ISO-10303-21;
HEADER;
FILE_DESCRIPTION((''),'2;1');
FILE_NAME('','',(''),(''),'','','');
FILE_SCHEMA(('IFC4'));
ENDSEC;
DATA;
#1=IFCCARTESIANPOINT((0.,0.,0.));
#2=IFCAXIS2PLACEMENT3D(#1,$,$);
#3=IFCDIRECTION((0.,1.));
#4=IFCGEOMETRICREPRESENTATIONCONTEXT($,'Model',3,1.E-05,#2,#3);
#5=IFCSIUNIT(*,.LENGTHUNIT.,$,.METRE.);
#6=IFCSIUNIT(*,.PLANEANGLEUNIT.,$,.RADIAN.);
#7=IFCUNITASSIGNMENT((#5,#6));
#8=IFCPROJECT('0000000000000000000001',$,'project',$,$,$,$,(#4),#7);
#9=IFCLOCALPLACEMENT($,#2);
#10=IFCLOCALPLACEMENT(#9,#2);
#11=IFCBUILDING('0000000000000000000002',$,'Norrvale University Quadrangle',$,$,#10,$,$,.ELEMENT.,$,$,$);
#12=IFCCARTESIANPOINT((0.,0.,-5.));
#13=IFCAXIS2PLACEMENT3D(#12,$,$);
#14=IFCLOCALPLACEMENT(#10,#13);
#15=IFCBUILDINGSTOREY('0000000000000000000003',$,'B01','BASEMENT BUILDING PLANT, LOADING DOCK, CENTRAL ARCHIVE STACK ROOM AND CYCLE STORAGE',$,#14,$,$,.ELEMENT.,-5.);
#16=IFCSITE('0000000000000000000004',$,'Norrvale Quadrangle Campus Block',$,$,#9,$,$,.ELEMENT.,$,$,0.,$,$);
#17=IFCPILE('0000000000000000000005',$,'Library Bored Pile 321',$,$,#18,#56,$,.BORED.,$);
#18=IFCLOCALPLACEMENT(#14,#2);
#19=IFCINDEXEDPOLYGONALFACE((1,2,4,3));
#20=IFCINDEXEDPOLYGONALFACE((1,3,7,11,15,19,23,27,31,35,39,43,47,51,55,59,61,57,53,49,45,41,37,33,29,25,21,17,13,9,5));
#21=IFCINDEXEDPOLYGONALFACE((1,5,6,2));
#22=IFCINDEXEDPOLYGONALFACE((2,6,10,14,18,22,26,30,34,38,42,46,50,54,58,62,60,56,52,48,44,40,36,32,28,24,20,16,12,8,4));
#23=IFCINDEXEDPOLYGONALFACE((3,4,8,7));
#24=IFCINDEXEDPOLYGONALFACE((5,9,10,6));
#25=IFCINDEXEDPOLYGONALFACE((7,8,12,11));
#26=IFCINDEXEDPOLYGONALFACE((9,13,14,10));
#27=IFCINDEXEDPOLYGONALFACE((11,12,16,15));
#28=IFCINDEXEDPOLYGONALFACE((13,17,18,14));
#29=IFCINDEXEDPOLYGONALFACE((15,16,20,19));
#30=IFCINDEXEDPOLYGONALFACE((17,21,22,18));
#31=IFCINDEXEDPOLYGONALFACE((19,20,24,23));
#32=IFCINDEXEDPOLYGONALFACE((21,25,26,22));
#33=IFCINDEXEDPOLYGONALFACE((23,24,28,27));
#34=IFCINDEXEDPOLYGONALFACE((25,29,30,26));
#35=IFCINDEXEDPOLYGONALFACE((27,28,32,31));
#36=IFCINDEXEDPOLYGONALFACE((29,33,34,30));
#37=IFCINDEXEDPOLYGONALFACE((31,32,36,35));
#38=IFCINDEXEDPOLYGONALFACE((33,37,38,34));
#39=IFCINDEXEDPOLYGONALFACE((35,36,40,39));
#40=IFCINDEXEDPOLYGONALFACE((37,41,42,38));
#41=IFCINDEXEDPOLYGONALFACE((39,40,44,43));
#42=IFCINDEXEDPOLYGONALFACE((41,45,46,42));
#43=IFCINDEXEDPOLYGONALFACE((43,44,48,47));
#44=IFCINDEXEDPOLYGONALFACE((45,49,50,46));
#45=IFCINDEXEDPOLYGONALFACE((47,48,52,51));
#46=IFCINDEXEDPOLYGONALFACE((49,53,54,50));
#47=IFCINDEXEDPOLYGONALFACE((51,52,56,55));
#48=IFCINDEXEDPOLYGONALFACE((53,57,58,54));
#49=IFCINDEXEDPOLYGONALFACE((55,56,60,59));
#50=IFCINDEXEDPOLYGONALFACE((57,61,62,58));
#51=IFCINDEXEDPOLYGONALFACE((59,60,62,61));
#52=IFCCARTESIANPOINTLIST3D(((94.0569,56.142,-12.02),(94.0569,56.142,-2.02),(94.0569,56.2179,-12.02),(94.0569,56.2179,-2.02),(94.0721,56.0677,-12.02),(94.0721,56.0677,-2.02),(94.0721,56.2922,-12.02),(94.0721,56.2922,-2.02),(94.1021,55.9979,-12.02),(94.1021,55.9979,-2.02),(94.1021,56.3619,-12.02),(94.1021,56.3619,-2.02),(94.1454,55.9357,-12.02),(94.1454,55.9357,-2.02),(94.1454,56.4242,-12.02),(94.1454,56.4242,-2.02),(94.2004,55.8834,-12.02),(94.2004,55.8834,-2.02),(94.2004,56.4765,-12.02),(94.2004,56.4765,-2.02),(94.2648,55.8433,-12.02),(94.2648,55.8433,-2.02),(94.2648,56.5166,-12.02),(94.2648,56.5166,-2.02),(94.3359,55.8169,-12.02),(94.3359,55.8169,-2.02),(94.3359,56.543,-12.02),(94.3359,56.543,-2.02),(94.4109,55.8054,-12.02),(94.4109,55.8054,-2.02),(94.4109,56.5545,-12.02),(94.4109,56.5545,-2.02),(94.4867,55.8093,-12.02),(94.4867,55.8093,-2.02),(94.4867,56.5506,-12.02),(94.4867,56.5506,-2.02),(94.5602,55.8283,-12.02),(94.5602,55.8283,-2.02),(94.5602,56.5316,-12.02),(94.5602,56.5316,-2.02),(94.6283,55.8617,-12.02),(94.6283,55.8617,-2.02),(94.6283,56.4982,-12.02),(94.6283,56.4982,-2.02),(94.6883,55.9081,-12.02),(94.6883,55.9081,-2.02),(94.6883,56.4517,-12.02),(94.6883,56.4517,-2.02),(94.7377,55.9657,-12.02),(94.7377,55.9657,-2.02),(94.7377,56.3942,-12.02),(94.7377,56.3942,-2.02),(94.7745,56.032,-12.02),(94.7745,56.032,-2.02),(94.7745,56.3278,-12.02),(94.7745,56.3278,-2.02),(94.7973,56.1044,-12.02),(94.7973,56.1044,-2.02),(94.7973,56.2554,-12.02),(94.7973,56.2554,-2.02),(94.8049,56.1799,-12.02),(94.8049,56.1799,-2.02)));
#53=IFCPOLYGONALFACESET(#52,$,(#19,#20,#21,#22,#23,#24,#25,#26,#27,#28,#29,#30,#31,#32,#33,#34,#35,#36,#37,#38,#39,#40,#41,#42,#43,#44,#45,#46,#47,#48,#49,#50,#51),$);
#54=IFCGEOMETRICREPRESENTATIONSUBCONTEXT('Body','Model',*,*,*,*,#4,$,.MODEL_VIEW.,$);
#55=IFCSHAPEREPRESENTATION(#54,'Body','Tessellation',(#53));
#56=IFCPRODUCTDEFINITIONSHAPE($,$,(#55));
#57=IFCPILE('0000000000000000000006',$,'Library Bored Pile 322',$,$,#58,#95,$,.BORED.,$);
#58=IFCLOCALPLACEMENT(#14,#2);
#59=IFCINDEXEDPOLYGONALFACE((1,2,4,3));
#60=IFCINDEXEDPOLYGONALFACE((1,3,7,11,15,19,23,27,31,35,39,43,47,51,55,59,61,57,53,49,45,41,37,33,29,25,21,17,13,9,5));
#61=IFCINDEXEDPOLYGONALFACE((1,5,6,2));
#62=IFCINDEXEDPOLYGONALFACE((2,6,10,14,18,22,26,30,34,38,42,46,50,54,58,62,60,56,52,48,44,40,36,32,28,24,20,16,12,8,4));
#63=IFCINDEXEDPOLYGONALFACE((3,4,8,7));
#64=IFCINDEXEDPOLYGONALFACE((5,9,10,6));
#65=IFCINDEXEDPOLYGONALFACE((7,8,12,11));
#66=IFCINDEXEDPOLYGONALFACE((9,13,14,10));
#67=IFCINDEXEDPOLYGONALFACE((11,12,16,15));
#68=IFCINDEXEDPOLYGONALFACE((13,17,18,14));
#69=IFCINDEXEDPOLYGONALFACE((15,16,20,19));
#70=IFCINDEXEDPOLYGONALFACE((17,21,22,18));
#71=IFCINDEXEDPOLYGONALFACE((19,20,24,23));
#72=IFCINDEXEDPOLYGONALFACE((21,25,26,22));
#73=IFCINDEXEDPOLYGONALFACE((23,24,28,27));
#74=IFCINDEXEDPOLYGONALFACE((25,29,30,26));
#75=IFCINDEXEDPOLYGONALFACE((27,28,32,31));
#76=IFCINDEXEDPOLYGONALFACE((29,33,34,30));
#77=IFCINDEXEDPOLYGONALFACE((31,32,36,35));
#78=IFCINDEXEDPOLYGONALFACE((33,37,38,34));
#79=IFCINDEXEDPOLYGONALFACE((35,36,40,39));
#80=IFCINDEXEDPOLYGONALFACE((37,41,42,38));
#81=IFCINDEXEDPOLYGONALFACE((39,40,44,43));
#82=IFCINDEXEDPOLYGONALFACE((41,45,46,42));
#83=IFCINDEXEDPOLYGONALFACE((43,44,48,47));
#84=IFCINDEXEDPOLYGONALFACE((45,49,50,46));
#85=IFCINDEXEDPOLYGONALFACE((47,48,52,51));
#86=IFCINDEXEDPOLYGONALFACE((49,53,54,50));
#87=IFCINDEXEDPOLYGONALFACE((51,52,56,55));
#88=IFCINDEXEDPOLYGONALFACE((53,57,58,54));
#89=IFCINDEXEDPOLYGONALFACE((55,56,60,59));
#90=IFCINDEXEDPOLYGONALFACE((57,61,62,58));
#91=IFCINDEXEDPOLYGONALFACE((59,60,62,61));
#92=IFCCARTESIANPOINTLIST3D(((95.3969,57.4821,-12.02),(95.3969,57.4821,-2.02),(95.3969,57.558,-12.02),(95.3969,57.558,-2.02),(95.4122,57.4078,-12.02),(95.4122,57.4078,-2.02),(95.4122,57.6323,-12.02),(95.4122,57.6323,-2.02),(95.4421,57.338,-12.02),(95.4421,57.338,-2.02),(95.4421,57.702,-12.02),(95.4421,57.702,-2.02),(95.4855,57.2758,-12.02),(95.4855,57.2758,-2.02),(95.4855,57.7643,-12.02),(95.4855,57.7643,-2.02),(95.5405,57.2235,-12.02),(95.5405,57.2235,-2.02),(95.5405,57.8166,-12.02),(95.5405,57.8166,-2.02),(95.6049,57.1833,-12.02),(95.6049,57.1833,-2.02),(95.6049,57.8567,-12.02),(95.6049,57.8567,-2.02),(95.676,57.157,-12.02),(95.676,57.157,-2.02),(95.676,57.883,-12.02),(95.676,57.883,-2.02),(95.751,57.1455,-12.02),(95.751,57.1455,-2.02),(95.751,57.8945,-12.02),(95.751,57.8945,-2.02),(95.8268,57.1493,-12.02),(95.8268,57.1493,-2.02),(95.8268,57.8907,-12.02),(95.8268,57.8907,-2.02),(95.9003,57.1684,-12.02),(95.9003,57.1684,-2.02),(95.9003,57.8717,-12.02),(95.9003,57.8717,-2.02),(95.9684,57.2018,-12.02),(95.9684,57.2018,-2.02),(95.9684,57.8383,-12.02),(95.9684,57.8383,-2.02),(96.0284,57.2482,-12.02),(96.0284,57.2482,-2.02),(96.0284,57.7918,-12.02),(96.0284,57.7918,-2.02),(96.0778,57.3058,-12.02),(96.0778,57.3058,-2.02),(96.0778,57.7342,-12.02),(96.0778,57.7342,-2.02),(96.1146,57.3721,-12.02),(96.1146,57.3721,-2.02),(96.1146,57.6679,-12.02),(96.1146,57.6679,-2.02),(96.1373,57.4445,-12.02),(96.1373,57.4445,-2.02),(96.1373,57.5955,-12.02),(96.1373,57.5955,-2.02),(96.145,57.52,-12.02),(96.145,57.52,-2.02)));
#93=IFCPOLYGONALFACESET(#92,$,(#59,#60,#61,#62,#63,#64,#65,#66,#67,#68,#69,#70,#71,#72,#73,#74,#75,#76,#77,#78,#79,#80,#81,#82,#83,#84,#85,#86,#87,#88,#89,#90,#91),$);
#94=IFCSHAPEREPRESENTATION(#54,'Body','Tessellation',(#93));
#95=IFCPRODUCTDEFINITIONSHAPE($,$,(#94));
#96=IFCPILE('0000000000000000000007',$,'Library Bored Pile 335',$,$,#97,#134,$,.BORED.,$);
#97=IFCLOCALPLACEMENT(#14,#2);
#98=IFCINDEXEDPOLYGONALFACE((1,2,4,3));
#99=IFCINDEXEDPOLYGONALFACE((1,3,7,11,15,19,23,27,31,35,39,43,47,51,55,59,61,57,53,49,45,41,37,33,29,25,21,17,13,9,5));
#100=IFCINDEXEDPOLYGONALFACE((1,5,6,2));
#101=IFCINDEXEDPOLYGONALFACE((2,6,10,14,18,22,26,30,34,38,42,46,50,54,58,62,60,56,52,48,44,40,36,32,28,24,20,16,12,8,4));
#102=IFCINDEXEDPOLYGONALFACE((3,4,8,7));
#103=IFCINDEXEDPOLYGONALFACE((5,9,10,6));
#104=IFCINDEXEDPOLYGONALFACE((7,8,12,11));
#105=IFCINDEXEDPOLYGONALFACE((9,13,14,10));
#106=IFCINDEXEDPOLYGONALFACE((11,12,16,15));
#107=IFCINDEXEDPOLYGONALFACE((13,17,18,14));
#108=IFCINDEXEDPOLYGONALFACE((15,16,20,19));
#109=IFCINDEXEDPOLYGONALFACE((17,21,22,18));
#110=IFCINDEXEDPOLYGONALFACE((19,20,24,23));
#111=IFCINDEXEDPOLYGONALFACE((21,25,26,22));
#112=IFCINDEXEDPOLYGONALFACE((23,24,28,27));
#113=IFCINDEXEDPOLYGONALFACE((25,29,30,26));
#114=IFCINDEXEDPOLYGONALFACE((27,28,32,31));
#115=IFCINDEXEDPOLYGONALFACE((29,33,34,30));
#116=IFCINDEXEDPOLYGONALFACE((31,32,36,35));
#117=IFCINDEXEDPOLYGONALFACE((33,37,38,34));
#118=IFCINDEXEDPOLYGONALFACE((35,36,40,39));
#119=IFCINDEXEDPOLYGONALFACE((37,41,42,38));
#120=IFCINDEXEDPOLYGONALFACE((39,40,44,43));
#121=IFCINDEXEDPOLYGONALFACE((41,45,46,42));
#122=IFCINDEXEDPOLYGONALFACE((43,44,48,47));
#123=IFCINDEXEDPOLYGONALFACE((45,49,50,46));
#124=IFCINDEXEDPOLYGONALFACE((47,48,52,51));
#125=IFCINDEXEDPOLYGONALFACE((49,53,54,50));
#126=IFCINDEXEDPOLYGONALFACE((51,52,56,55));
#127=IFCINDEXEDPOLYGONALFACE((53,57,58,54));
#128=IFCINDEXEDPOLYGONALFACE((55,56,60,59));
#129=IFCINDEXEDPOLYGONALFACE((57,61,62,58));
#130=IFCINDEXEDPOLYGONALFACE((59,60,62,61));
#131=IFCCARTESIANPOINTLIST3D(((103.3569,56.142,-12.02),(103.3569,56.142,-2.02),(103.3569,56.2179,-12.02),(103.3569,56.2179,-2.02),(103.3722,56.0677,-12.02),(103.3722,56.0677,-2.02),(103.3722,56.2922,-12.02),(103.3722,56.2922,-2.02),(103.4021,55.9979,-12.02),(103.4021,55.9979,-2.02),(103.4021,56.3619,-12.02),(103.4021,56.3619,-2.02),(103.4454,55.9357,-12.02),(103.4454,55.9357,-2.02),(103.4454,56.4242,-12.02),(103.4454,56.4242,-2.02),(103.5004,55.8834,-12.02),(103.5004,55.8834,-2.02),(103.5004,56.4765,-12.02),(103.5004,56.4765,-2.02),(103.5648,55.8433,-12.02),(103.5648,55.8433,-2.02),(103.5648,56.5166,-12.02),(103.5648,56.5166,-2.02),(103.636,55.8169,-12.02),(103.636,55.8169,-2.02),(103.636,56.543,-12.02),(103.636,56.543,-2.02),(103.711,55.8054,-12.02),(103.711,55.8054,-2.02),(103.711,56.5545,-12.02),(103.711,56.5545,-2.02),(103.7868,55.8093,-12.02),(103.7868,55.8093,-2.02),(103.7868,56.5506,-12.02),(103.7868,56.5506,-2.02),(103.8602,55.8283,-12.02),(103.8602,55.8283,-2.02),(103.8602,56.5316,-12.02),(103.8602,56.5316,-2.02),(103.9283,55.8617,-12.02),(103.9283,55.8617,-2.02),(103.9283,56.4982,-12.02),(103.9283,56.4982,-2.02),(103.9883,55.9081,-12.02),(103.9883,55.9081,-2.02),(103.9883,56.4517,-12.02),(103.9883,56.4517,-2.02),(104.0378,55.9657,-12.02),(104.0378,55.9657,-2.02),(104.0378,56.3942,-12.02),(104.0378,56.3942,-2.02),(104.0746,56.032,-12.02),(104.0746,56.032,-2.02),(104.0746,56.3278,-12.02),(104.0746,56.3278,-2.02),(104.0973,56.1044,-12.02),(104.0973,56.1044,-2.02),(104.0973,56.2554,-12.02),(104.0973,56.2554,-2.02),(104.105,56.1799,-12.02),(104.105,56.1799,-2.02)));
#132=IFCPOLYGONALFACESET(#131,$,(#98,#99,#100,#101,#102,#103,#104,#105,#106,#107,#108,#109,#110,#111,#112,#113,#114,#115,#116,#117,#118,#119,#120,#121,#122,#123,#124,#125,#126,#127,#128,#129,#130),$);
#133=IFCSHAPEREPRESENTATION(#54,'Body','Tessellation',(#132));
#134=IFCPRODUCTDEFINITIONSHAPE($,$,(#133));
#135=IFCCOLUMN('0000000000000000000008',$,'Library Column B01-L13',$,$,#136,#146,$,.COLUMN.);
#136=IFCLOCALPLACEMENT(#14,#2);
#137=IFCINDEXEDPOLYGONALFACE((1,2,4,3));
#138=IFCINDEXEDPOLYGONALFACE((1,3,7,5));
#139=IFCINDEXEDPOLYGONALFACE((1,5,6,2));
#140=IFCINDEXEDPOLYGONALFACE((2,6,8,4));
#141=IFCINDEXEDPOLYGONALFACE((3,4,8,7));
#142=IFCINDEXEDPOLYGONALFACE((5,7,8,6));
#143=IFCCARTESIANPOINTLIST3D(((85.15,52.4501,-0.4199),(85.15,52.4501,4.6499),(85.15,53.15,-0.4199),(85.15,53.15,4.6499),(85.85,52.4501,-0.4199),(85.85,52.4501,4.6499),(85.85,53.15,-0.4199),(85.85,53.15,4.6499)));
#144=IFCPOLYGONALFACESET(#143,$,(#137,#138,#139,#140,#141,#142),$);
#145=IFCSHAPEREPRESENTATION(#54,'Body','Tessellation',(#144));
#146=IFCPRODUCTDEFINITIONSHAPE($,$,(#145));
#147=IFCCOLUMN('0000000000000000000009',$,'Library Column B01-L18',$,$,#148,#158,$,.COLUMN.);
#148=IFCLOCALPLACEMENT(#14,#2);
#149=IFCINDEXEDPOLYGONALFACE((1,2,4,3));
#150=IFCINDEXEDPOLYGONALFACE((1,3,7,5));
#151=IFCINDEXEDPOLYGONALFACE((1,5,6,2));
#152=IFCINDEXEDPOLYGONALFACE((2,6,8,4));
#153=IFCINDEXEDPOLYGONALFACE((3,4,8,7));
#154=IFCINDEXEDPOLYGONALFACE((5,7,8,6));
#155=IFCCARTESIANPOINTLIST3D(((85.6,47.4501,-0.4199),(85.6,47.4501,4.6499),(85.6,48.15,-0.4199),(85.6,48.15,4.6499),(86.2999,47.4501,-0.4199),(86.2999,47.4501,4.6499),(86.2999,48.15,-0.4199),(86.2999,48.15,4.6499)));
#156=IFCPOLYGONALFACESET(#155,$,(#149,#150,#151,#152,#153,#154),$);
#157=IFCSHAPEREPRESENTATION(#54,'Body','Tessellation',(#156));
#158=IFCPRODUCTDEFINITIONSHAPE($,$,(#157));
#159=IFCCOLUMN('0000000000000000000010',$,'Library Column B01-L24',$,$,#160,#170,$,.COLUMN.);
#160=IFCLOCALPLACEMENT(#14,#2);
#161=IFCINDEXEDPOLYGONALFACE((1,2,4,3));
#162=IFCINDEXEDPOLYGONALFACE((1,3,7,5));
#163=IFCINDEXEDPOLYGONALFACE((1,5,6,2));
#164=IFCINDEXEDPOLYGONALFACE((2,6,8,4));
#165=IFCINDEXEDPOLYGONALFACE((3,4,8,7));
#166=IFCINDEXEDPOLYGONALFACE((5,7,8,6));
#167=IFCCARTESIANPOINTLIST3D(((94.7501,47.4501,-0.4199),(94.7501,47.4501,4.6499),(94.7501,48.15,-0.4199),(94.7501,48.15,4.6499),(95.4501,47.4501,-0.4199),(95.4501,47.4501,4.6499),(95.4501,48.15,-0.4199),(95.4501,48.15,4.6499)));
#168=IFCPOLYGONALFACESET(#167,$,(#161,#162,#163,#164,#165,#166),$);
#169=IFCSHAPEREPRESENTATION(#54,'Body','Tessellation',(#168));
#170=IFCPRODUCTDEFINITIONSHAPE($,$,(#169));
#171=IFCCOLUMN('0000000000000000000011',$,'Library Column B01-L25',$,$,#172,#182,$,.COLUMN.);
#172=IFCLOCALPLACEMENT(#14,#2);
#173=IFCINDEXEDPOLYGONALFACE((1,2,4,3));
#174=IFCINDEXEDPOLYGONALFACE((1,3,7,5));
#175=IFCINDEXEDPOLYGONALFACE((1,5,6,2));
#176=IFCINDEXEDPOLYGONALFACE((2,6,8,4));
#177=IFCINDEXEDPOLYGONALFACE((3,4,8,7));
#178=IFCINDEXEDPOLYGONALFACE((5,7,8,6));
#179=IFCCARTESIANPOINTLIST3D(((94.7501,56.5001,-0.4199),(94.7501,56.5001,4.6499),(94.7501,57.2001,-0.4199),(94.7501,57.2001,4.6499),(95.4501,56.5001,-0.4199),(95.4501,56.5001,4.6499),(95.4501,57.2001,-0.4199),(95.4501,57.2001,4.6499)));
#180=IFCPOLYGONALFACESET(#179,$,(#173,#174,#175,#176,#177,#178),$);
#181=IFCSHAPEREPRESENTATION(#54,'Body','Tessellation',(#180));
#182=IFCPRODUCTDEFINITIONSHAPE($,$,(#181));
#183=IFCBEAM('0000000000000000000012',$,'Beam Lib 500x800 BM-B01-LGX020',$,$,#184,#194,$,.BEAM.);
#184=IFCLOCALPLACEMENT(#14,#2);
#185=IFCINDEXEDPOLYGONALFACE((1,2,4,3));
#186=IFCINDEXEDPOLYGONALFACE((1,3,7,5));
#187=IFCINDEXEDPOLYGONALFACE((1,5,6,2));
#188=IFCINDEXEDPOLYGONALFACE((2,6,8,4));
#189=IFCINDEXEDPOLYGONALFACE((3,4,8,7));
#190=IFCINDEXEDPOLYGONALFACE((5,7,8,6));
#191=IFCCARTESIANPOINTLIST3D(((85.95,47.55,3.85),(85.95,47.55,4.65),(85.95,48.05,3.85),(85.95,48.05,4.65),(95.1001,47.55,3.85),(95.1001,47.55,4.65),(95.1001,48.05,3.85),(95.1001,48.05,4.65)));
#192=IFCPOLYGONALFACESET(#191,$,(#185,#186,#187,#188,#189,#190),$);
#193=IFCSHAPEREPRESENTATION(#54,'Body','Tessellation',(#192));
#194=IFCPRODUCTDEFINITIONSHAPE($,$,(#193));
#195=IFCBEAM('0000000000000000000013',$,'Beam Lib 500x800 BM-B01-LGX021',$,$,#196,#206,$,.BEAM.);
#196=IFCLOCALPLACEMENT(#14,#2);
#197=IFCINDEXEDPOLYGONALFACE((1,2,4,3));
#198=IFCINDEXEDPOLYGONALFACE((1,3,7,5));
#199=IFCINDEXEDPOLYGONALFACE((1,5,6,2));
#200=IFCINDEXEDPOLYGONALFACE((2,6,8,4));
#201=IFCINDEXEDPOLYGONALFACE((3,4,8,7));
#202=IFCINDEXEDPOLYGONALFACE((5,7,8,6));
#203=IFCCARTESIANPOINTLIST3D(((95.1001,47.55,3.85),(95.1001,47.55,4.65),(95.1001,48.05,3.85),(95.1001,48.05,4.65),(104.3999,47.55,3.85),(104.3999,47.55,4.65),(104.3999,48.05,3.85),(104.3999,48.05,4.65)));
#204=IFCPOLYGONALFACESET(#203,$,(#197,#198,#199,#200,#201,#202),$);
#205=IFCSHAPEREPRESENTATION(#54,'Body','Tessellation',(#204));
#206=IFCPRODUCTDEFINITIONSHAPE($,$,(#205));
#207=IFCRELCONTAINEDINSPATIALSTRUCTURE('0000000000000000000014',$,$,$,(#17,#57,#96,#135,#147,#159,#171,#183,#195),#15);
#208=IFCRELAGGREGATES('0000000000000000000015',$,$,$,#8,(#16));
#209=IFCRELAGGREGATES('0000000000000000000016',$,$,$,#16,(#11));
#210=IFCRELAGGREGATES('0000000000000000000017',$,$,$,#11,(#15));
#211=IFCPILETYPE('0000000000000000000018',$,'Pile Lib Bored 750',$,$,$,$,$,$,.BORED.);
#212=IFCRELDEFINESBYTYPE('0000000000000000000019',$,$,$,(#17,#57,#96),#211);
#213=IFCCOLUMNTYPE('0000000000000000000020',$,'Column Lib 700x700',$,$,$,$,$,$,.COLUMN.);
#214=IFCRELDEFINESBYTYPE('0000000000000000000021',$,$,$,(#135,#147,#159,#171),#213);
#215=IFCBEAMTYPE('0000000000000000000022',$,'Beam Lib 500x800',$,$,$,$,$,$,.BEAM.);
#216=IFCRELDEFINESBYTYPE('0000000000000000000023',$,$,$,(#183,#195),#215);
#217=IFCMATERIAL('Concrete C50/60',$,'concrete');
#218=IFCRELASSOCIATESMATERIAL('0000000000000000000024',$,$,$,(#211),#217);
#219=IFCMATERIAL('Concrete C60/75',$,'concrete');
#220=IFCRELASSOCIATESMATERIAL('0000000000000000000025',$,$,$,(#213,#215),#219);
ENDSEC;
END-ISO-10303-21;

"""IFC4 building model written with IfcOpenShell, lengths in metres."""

from ifc_helpers import new_model, si_unit, direction, frame, origin, origin_2d, place, context, subcontext, project, spatial, rectangle, circle, extrude, material, material_profile, profile_set, type_object, element, save


model = new_model("IFC4")

# Units and contexts
model_context = context("Model", 3, precision=1e-05, world=origin(), true_north=direction((0.0, 1.0)))
body_context = subcontext(model_context, "Body", "Model", "MODEL_VIEW")
ifc_project = project(units=[si_unit("LENGTHUNIT", "METRE"), si_unit("PLANEANGLEUNIT", "RADIAN")], contexts=[model_context])

# Site, building, storey
site_placement = place(None, origin())
site = spatial("IfcSite", under=ifc_project, at=site_placement, Name="Norrvale Quadrangle Campus Block", CompositionType="ELEMENT", RefElevation=0.0)
building_placement = place(site_placement, origin())
building = spatial("IfcBuilding", under=site, at=building_placement, Name="Norrvale University Quadrangle", CompositionType="ELEMENT")
storey_placement = place(building_placement, frame((0.0, 0.0, -5.0)))
storey = spatial("IfcBuildingStorey", under=building, at=storey_placement, Name="B01", Description="BASEMENT BUILDING PLANT, LOADING DOCK, CENTRAL ARCHIVE STACK ROOM AND CYCLE STORAGE", CompositionType="ELEMENT", Elevation=-5.0)

# Shared definitions
ifc_material_1 = material(Name="Concrete C50/60", Category="concrete")

# Piles
ifc_material_profile_1 = material_profile(ifc_material_1, circle(Radius=0.375, at=origin_2d()), Name="Concrete C50/60")
ifc_profile_set_1 = profile_set([ifc_material_profile_1], Name="Concrete C50/60")
pile_type = type_object("IfcPileType", Name="Pile Lib Bored 750", PredefinedType="BORED", material=ifc_profile_set_1)
for number, where, z_axis, x_axis, name in (
    (1, (94.4299, 56.1799, -2.02), (0.0, 0.0, -1.0), (1.0, 0.0, 0.0), "Library Bored Pile 321"),
    (2, (95.77, 57.52, -2.02), (0.0, 0.0, -1.0), (1.0, 0.0, 0.0), "Library Bored Pile 322"),
    (3, (103.73, 56.1799, -2.02), (0.0, 0.0, -1.0), (1.0, 0.0, 0.0), "Library Bored Pile 335"),
):
    element("IfcPile", number, at=place(storey_placement, frame(where, z_axis=z_axis, x_axis=x_axis)), inside=storey, type_object=pile_type, Name=name, PredefinedType="BORED", context=body_context, shape_type="SweptSolid", body=[
        extrude(circle(Radius=0.375, at=origin_2d()), origin(), (0.0, 0.0, 1.0), 10.0),
    ])

# Columns
ifc_material_2 = material(Name="Concrete C60/75", Category="concrete")
ifc_material_profile_2 = material_profile(ifc_material_2, rectangle(XDim=0.7, YDim=0.7, at=origin_2d()), Name="Concrete C60/75")
ifc_profile_set_2 = profile_set([ifc_material_profile_2], Name="Concrete C60/75")
column_type = type_object("IfcColumnType", Name="Column Lib 700x700", PredefinedType="COLUMN", material=ifc_profile_set_2)
for number, where, z_axis, x_axis, name in (
    (4, (85.5, 52.8, -0.4199), (0.0, 0.0, 1.0), (1.0, 0.0, 0.0), "Library Column B01-L13"),
    (5, (85.95, 47.8, -0.4199), (0.0, 0.0, 1.0), (1.0, 0.0, 0.0), "Library Column B01-L18"),
    (6, (95.1001, 47.8, -0.4199), (0.0, 0.0, 1.0), (1.0, 0.0, 0.0), "Library Column B01-L24"),
    (7, (95.1001, 56.8501, -0.4199), (0.0, 0.0, 1.0), (1.0, 0.0, 0.0), "Library Column B01-L25"),
):
    element("IfcColumn", number, at=place(storey_placement, frame(where, z_axis=z_axis, x_axis=x_axis)), inside=storey, type_object=column_type, Name=name, PredefinedType="COLUMN", context=body_context, shape_type="SweptSolid", body=[
        extrude(rectangle(XDim=0.7, YDim=0.7, at=origin_2d()), origin(), (0.0, 0.0, 1.0), 5.0698),
    ])

# Beams
ifc_material_profile_3 = material_profile(ifc_material_2, rectangle(XDim=0.5, YDim=0.8, at=origin_2d()), Name="Concrete C60/75")
ifc_profile_set_3 = profile_set([ifc_material_profile_3], Name="Concrete C60/75")
beam_type_1 = type_object("IfcBeamType", Name="Beam Lib 500x800", PredefinedType="BEAM", material=ifc_profile_set_3)
beam_1_placement = place(storey_placement, frame((85.95, 47.8, 4.25), z_axis=(1.0, 0.0, 0.0), x_axis=(0.0, 1.0, 0.0)))
element("IfcBeam", 8, at=beam_1_placement, inside=storey, type_object=beam_type_1, Name="Beam Lib 500x800 BM-B01-LGX020", PredefinedType="BEAM", context=body_context, shape_type="SweptSolid", body=[
    extrude(rectangle(XDim=0.5, YDim=0.8, at=origin_2d()), origin(), (0.0, 0.0, 1.0), 9.1501),
])
for number, where, z_axis, x_axis, name in (
    (9, (95.1001, 47.8, 4.25), (1.0, 0.0, 0.0), (0.0, 1.0, 0.0), "Beam Lib 500x800 BM-B01-LGX021"),
):
    element("IfcBeam", number, at=place(storey_placement, frame(where, z_axis=z_axis, x_axis=x_axis)), inside=storey, type_object=beam_type_1, Name=name, PredefinedType="BEAM", context=body_context, shape_type="SweptSolid", body=[
        extrude(rectangle(XDim=0.5, YDim=0.8, at=origin_2d()), origin(), (0.0, 0.0, 1.0), 9.2998),
    ])

save(model, "model.ifc")
